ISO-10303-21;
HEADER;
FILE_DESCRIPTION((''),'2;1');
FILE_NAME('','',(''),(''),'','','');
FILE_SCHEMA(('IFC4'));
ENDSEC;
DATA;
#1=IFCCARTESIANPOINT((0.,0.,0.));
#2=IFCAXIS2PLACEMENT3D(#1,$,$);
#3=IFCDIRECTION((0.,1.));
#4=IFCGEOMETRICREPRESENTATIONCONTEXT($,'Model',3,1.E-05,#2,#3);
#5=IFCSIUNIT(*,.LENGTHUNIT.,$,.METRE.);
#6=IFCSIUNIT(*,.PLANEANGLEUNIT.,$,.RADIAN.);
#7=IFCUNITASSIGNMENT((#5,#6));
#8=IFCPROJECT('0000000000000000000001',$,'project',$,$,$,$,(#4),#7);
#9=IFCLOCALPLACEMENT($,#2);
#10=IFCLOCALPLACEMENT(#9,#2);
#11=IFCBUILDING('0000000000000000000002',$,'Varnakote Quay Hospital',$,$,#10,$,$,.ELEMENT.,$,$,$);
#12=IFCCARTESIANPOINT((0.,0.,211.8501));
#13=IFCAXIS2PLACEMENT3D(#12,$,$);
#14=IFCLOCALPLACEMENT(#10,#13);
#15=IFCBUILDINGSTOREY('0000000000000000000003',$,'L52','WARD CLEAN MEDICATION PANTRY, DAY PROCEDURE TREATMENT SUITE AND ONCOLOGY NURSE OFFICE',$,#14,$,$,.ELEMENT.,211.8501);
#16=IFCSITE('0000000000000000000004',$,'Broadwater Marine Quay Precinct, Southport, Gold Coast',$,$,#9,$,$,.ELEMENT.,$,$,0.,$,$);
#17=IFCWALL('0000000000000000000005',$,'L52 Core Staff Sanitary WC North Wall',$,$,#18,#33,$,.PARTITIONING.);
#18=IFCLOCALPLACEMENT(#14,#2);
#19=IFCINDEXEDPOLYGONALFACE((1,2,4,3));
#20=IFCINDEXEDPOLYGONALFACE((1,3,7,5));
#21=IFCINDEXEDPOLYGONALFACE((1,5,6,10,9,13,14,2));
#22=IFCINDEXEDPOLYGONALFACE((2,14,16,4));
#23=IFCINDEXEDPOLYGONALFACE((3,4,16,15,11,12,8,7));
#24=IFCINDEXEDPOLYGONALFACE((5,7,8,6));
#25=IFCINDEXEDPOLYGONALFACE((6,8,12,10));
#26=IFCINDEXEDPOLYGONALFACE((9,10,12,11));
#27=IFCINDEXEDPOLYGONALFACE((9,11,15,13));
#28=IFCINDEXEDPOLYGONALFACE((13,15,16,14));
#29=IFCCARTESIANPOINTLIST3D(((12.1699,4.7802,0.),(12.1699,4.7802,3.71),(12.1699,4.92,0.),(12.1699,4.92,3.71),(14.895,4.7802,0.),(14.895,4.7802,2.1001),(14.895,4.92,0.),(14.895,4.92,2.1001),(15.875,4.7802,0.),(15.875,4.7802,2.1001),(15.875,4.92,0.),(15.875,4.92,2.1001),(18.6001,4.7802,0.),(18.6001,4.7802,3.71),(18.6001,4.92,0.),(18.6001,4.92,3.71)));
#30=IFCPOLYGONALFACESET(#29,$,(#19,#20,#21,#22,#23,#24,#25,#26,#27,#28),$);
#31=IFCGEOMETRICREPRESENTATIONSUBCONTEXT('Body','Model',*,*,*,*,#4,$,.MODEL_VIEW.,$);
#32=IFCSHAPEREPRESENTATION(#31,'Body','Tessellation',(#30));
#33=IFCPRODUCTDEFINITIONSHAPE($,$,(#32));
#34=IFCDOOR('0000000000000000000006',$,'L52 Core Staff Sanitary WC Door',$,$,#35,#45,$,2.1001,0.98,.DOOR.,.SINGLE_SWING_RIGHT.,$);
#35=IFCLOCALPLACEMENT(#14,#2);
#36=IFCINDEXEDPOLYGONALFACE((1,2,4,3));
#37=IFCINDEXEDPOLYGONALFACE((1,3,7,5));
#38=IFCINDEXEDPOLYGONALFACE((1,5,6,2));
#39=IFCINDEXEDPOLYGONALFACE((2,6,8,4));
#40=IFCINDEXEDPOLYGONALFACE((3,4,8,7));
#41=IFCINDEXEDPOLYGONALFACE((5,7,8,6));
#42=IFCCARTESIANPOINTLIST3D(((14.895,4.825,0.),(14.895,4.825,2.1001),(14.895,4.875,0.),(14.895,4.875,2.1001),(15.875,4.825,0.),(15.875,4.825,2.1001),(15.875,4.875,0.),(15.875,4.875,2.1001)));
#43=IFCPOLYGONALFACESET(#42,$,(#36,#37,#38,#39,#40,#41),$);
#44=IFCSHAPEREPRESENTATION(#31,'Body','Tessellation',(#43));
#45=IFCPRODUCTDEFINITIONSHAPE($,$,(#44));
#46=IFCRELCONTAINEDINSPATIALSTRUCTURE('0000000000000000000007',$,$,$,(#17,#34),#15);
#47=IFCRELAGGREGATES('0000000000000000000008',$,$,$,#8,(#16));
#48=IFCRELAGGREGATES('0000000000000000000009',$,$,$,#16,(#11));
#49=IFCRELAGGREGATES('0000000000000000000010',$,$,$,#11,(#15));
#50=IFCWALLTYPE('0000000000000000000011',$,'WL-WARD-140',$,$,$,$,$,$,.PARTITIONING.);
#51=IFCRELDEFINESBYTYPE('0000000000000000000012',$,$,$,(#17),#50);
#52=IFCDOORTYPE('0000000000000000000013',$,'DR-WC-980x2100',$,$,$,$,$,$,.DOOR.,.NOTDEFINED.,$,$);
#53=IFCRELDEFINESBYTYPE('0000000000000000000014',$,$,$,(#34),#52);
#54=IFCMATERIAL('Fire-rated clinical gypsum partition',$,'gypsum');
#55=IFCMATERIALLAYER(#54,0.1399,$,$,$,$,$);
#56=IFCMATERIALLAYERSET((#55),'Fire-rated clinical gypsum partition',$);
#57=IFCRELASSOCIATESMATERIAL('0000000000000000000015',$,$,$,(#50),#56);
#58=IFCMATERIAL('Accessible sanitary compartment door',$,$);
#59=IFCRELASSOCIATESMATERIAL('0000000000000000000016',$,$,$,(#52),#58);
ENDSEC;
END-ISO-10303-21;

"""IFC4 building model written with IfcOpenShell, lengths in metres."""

from ifc_helpers import new_model, si_unit, direction, frame, frame_2d, origin, place, context, subcontext, project, spatial, rectangle, extrude, material, layer, layer_set, type_object, element, fill, save


model = new_model("IFC4")

# Units and contexts
model_context = context("Model", 3, precision=1e-05, world=origin(), true_north=direction((0.0, 1.0)))
body_context = subcontext(model_context, "Body", "Model", "MODEL_VIEW")
ifc_project = project(units=[si_unit("LENGTHUNIT", "METRE"), si_unit("PLANEANGLEUNIT", "RADIAN")], contexts=[model_context])

# Site, building, storey
site_placement = place(None, origin())
site = spatial("IfcSite", under=ifc_project, at=site_placement, Name="Broadwater Marine Quay Precinct, Southport, Gold Coast", CompositionType="ELEMENT", RefElevation=0.0)
building_placement = place(site_placement, origin())
building = spatial("IfcBuilding", under=site, at=building_placement, Name="Varnakote Quay Hospital", CompositionType="ELEMENT")
storey_placement = place(building_placement, frame((0.0, 0.0, 211.8501)))
storey = spatial("IfcBuildingStorey", under=building, at=storey_placement, Name="L52", Description="WARD CLEAN MEDICATION PANTRY, DAY PROCEDURE TREATMENT SUITE AND ONCOLOGY NURSE OFFICE", CompositionType="ELEMENT", Elevation=211.8501)

# Wall, opening, door
ifc_material_1 = material(Name="Fire-rated clinical gypsum partition", Category="gypsum")
ifc_layer_1 = layer(ifc_material_1, 0.1399)
ifc_layer_set_1 = layer_set([ifc_layer_1], Name="Fire-rated clinical gypsum partition")
wall_type_1 = type_object("IfcWallType", Name="WL-WARD-140", PredefinedType="PARTITIONING", material=ifc_layer_set_1)
wall_1_placement = place(storey_placement, frame((12.1699, 4.8501, 0.0), z_axis=(0.0, 0.0, 1.0), x_axis=(1.0, 0.0, 0.0)))
wall_1 = element("IfcWall", 1, at=wall_1_placement, inside=storey, type_object=wall_type_1, Name="L52 Core Staff Sanitary WC North Wall", PredefinedType="PARTITIONING", context=body_context, shape_type="SweptSolid", body=[
    extrude(rectangle(XDim=6.4302, YDim=0.1399, at=frame_2d((3.2151, 0.0))), origin(), (0.0, 0.0, 1.0), 3.71),
])
opening_1_placement = place(wall_1_placement, frame((2.7251, 0.0, 0.0)))
opening_1 = element("IfcOpeningElement", 2, at=opening_1_placement, cuts=wall_1, PredefinedType="OPENING", context=body_context, shape_type="SweptSolid", body=[
    extrude(rectangle(XDim=0.98, YDim=2.1001, at=frame_2d((0.49, 1.05))), frame((0.0, 0.0798, 0.0), z_axis=(0.0, -1.0, 0.0), x_axis=(1.0, 0.0, 0.0)), (0.0, 0.0, 1.0), 0.1599),
])
ifc_material_2 = material(Name="Accessible sanitary compartment door")
door_type_1 = type_object("IfcDoorType", Name="DR-WC-980x2100", OperationType="NOTDEFINED", PredefinedType="DOOR", material=ifc_material_2)
door_1_placement = place(opening_1_placement, origin())
door_1 = element("IfcDoor", 3, at=door_1_placement, inside=storey, type_object=door_type_1, Name="L52 Core Staff Sanitary WC Door", OperationType="SINGLE_SWING_RIGHT", OverallHeight=2.1001, OverallWidth=0.98, PredefinedType="DOOR", context=body_context, shape_type="SweptSolid", body=[
    extrude(rectangle(XDim=0.98, YDim=2.1001, at=frame_2d((0.49, 1.05))), frame((0.0, 0.0249, 0.0), z_axis=(0.0, -1.0, 0.0), x_axis=(1.0, 0.0, 0.0)), (0.0, 0.0, 1.0), 0.05),
])
fill(opening_1, door_1)

save(model, "model.ifc")
